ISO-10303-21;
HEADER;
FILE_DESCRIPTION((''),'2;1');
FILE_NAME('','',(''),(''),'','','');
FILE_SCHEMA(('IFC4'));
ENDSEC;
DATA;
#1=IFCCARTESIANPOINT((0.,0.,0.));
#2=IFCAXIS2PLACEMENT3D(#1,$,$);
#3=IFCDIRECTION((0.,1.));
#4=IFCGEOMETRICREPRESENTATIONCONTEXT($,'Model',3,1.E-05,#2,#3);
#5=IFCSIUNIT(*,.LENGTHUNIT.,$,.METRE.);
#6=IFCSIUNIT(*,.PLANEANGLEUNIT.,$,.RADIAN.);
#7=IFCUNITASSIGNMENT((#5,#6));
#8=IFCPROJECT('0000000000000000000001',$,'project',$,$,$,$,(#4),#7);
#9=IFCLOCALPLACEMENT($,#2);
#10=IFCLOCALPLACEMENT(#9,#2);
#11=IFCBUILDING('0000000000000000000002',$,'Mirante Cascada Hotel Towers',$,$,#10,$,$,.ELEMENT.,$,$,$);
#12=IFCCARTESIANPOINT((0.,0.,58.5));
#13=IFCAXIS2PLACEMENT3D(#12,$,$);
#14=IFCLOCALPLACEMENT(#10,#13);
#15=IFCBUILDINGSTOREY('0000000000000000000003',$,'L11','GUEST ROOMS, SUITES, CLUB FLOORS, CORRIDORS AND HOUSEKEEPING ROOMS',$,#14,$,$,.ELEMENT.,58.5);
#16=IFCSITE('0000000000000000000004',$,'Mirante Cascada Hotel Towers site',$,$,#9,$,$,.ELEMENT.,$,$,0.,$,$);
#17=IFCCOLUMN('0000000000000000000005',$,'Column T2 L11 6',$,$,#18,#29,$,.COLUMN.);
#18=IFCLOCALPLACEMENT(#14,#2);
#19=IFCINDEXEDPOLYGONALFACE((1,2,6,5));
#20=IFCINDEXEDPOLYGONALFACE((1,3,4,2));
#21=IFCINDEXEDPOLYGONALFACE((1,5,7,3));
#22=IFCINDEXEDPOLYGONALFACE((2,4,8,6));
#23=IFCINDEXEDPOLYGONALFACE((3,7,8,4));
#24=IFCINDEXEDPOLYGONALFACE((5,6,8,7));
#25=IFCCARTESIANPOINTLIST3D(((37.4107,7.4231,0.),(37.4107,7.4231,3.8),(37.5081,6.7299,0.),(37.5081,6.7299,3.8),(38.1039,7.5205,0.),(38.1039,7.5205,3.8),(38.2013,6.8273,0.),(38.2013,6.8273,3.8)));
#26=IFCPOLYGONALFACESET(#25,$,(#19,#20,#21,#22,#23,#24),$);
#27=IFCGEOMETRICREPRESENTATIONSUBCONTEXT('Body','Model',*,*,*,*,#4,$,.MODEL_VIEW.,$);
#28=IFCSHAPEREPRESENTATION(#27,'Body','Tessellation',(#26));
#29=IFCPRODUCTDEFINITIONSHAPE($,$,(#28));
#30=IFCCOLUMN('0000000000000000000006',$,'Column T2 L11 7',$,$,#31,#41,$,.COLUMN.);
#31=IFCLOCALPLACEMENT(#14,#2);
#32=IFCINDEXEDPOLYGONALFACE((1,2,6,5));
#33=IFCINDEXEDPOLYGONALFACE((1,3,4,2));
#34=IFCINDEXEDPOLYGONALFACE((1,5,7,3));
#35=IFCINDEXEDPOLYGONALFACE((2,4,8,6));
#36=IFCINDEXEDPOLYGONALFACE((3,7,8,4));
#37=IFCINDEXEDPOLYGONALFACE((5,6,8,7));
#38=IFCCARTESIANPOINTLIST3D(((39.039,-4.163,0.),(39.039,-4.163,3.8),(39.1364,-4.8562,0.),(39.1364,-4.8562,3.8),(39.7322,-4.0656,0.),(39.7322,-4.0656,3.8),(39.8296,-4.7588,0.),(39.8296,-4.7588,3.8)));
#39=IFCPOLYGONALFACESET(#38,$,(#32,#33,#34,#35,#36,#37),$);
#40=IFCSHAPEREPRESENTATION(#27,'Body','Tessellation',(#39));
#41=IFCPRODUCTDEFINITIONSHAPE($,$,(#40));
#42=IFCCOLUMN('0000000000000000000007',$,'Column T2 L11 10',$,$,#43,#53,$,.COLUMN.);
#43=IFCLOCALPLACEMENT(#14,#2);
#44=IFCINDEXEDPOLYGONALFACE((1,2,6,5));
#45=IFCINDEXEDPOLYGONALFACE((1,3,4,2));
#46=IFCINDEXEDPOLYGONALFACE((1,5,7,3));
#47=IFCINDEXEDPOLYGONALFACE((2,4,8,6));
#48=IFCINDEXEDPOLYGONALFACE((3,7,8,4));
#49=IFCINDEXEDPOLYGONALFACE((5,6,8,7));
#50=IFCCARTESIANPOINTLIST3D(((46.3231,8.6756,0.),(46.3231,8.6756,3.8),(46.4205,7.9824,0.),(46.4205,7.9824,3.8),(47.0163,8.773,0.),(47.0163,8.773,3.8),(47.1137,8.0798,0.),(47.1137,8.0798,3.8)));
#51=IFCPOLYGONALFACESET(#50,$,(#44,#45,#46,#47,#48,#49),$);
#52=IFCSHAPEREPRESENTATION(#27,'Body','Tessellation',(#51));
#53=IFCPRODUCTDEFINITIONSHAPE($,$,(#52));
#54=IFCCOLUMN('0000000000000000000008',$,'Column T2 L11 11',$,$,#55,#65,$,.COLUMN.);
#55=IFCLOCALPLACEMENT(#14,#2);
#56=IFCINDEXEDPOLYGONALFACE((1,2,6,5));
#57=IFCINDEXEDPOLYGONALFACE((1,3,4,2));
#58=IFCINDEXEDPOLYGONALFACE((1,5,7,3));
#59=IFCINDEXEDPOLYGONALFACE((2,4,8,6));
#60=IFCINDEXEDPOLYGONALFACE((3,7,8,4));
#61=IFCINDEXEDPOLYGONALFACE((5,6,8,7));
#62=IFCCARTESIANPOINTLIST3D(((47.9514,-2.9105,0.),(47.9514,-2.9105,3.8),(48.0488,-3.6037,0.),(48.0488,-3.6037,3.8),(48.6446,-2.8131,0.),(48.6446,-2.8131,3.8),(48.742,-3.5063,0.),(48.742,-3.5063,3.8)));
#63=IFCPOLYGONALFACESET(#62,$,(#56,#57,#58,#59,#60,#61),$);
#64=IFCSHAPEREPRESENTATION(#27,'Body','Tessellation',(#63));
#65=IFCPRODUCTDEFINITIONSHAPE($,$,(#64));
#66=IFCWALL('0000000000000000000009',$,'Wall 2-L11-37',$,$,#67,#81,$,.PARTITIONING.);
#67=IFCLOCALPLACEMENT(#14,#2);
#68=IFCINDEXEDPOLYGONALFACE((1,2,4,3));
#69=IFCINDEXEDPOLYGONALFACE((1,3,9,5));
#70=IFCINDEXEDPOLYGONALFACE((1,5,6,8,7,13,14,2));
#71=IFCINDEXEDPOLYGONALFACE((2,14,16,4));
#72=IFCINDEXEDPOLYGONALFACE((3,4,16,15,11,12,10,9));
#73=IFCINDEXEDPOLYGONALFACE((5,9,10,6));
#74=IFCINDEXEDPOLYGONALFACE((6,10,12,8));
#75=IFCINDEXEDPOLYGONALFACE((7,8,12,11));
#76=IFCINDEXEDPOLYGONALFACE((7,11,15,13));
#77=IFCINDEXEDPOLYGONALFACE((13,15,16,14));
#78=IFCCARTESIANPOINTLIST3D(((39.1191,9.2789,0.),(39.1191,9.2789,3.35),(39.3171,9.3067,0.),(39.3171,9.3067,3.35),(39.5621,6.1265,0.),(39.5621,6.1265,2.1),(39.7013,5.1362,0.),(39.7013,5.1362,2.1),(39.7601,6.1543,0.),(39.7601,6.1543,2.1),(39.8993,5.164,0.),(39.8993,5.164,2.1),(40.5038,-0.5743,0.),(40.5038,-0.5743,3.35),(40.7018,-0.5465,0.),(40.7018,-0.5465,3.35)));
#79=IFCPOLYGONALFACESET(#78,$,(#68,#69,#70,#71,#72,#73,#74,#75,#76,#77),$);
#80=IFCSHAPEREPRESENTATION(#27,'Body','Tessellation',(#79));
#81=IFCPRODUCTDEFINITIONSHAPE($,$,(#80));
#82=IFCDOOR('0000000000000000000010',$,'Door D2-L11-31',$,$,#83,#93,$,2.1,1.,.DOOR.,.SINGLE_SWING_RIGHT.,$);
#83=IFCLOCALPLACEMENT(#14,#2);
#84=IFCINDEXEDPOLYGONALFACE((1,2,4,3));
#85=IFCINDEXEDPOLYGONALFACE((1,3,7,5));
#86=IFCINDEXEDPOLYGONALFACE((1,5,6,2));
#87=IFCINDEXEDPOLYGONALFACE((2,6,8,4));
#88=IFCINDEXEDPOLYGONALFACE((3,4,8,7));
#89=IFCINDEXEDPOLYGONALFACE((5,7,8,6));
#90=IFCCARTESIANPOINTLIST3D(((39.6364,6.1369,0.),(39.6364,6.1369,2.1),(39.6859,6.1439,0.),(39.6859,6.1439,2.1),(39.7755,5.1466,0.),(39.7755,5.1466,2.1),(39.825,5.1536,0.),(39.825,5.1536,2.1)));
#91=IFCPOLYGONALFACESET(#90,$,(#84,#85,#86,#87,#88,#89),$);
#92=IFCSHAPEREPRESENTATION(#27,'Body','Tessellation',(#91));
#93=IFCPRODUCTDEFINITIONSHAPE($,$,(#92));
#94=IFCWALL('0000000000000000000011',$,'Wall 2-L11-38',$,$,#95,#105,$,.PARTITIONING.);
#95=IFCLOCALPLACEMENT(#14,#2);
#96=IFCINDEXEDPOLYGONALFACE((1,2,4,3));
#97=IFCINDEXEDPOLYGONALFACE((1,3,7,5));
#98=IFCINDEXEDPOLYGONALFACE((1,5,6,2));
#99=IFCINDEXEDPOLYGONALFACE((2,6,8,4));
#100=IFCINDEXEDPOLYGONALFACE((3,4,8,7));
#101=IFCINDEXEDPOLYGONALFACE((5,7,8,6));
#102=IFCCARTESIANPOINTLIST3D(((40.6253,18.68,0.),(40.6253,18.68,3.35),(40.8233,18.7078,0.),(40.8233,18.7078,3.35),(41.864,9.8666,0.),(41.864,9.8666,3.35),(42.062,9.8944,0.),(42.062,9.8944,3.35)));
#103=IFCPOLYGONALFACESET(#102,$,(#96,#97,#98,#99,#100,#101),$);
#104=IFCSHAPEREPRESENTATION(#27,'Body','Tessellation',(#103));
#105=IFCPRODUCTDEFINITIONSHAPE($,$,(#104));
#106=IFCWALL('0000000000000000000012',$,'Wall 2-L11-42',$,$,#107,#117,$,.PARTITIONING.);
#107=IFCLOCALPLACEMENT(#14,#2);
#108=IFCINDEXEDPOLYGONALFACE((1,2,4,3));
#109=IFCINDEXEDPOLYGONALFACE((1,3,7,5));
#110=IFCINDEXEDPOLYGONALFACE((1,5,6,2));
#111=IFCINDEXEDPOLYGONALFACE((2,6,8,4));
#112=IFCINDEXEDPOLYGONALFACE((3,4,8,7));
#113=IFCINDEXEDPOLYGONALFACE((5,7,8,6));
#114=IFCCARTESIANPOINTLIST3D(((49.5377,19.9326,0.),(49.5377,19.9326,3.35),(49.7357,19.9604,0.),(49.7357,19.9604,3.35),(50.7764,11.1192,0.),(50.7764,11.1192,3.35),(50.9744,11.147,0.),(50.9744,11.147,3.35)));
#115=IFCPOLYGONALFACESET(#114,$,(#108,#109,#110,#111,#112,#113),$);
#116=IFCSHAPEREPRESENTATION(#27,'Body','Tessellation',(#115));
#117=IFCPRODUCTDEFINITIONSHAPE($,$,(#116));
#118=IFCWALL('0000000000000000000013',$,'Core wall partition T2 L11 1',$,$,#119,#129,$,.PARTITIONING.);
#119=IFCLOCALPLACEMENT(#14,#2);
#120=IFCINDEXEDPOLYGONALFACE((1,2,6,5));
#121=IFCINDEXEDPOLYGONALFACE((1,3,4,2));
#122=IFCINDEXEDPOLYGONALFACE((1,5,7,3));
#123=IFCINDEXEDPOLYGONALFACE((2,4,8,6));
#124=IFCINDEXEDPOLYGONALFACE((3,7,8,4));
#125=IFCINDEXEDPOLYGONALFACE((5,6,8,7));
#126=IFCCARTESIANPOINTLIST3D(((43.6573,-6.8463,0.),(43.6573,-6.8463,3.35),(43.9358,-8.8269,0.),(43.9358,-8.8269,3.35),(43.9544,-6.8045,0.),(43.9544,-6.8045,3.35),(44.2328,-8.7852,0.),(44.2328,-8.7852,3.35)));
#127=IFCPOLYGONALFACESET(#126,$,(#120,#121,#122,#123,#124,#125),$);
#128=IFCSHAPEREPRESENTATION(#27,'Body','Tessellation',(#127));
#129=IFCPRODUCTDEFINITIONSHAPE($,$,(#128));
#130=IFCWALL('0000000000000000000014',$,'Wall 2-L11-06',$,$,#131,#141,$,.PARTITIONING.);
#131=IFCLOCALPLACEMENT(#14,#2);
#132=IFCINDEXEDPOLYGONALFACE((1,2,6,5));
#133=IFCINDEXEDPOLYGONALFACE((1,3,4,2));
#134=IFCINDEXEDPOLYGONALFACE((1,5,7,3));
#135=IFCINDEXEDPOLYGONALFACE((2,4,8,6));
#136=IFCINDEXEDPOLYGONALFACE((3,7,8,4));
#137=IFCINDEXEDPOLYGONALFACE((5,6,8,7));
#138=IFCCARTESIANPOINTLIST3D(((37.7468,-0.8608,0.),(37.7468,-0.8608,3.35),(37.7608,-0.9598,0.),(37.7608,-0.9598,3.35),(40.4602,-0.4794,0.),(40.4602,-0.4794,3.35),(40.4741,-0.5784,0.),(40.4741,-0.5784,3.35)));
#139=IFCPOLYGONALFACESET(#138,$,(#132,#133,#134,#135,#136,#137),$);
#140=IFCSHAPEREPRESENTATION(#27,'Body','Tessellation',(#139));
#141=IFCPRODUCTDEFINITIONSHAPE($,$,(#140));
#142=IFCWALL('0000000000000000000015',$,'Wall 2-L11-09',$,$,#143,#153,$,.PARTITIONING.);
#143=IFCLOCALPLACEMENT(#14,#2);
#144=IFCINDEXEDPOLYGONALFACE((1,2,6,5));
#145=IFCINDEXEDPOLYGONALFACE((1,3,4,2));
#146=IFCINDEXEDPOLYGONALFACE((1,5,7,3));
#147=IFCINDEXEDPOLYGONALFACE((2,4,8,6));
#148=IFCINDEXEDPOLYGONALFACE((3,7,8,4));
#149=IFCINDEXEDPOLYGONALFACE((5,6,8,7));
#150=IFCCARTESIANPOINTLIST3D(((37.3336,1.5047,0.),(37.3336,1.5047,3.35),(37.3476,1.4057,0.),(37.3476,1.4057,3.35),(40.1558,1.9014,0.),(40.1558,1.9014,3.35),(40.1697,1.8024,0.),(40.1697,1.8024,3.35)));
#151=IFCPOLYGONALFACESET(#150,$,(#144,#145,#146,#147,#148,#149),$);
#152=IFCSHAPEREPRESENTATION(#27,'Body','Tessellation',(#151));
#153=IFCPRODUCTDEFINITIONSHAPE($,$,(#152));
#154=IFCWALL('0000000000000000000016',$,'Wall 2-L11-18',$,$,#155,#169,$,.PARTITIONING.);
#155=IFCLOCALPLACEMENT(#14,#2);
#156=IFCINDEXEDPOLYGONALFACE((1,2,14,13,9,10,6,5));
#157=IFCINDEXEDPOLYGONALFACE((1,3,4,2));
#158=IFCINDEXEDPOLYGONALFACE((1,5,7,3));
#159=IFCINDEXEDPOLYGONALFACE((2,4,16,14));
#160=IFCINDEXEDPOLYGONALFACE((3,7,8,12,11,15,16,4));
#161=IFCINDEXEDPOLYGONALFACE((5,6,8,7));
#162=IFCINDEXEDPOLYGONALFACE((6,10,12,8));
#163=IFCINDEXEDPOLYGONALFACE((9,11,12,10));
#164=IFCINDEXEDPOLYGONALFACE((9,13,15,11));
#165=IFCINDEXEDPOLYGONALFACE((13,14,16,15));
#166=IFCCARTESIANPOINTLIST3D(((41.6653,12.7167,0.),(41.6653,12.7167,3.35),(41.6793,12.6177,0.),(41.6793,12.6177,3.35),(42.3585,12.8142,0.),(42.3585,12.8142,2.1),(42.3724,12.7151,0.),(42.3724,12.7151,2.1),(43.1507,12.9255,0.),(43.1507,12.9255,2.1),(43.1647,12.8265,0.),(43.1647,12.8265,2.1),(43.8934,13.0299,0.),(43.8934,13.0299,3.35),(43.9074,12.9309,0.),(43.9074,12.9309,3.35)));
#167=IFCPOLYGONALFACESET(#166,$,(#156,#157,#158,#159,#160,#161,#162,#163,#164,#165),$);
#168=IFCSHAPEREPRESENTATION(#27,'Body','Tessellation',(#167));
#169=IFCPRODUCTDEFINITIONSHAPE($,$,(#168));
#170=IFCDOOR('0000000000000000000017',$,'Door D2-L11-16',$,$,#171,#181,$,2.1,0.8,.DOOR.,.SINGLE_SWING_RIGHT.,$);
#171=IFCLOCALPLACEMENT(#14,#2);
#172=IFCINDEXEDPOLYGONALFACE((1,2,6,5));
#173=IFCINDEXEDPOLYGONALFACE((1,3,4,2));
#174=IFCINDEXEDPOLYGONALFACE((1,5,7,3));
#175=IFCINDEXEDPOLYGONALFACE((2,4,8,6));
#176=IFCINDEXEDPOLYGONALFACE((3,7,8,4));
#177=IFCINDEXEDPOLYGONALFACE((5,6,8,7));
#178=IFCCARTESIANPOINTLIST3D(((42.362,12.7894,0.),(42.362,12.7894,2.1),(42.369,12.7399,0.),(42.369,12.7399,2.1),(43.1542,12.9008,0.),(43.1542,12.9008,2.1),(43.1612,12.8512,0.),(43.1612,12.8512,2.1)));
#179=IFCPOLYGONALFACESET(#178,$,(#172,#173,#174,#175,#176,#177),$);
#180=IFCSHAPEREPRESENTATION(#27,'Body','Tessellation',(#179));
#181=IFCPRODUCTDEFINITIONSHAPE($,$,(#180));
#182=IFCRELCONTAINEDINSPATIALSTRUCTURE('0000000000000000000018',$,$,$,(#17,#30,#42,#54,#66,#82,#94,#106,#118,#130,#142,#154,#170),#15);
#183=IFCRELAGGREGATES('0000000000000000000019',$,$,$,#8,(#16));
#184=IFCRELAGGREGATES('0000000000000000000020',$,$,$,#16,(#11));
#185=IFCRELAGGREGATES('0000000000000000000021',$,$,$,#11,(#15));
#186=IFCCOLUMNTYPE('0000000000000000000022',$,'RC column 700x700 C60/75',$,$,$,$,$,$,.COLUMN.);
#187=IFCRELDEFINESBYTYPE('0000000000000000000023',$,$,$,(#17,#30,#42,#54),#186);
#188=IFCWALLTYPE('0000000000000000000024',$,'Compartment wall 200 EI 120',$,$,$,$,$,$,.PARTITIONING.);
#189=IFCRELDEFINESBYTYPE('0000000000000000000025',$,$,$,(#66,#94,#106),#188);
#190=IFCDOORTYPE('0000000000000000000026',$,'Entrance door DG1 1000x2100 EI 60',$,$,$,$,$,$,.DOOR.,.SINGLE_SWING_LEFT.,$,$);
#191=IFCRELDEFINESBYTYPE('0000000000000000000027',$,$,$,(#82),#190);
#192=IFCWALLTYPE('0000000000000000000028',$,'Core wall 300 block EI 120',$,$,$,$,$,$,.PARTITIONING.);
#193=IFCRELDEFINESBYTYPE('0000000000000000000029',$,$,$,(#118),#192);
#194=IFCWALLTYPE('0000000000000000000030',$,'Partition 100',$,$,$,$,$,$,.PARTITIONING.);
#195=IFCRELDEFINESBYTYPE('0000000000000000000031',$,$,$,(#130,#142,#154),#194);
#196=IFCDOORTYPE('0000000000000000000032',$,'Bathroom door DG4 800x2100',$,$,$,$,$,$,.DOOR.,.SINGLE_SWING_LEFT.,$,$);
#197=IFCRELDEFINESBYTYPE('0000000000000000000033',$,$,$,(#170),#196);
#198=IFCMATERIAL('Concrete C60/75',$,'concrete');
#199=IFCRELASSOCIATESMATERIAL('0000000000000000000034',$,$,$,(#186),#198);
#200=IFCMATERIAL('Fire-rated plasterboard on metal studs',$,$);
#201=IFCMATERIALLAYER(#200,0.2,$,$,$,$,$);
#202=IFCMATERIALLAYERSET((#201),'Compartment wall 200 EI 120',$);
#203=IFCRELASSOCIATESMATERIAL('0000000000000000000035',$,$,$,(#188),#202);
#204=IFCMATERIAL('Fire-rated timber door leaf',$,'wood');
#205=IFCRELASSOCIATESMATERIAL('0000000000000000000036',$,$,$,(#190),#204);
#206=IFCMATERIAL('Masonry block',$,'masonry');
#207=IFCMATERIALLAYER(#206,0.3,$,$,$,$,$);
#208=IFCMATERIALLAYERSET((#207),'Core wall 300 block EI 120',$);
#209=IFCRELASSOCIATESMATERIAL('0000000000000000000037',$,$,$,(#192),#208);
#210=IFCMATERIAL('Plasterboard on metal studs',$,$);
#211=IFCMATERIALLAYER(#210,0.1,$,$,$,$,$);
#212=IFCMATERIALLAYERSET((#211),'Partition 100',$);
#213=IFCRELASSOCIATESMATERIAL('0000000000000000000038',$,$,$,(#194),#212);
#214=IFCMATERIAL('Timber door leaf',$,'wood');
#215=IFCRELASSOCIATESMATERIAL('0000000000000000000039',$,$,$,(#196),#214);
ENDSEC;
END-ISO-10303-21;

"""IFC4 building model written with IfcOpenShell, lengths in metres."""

from ifc_helpers import new_model, si_unit, direction, frame, frame_2d, origin, origin_2d, place, context, subcontext, project, spatial, rectangle, extrude, material, layer, layer_set, material_profile, profile_set, type_object, element, fill, save


model = new_model("IFC4")

# Units and contexts
model_context = context("Model", 3, precision=1e-05, world=origin(), true_north=direction((0.0, 1.0)))
body_context = subcontext(model_context, "Body", "Model", "MODEL_VIEW")
ifc_project = project(units=[si_unit("LENGTHUNIT", "METRE"), si_unit("PLANEANGLEUNIT", "RADIAN")], contexts=[model_context])

# Site, building, storey
site_placement = place(None, origin())
site = spatial("IfcSite", under=ifc_project, at=site_placement, Name="Mirante Cascada Hotel Towers site", CompositionType="ELEMENT", RefElevation=0.0)
building_placement = place(site_placement, origin())
building = spatial("IfcBuilding", under=site, at=building_placement, Name="Mirante Cascada Hotel Towers", CompositionType="ELEMENT")
storey_placement = place(building_placement, frame((0.0, 0.0, 58.5)))
storey = spatial("IfcBuildingStorey", under=building, at=storey_placement, Name="L11", Description="GUEST ROOMS, SUITES, CLUB FLOORS, CORRIDORS AND HOUSEKEEPING ROOMS", CompositionType="ELEMENT", Elevation=58.5)

# Columns
ifc_material_1 = material(Name="Concrete C60/75", Category="concrete")
ifc_material_profile = material_profile(ifc_material_1, rectangle(XDim=0.7, YDim=0.7, at=origin_2d()), Name="RC column 700x700 C60/75")
ifc_profile_set = profile_set([ifc_material_profile], Name="Concrete C60/75")
column_type = type_object("IfcColumnType", Name="RC column 700x700 C60/75", PredefinedType="COLUMN", material=ifc_profile_set)
for number, where, z_axis, x_axis, name in (
    (1, (37.806, 7.1252, 0.0), (0.0, 0.0, 1.0), (0.990268, 0.139173, 0.0), "Column T2 L11 6"),
    (2, (39.4343, -4.4609, 0.0), (0.0, 0.0, 1.0), (0.990268, 0.139173, 0.0), "Column T2 L11 7"),
    (3, (46.7184, 8.3777, 0.0), (0.0, 0.0, 1.0), (0.990268, 0.139173, 0.0), "Column T2 L11 10"),
    (4, (48.3467, -3.2084, 0.0), (0.0, 0.0, 1.0), (0.990268, 0.139173, 0.0), "Column T2 L11 11"),
):
    element("IfcColumn", number, at=place(storey_placement, frame(where, z_axis=z_axis, x_axis=x_axis)), inside=storey, type_object=column_type, Name=name, PredefinedType="COLUMN", context=body_context, shape_type="SweptSolid", body=[
        extrude(rectangle(XDim=0.7, YDim=0.7, at=origin_2d()), origin(), (0.0, 0.0, 1.0), 3.8),
    ])

# Wall, opening, door
ifc_material_2 = material(Name="Fire-rated plasterboard on metal studs")
ifc_layer_1 = layer(ifc_material_2, 0.2)
ifc_layer_set_1 = layer_set([ifc_layer_1], Name="Compartment wall 200 EI 120")
wall_type_1 = type_object("IfcWallType", Name="Compartment wall 200 EI 120", PredefinedType="PARTITIONING", material=ifc_layer_set_1)
wall_1_placement = place(storey_placement, frame((39.2181, 9.2928, 0.0), z_axis=(0.0, 0.0, 1.0), x_axis=(0.139165, -0.990269, 0.0)))
wall_1 = element("IfcWall", 5, at=wall_1_placement, inside=storey, type_object=wall_type_1, Name="Wall 2-L11-37", PredefinedType="PARTITIONING", context=body_context, shape_type="SweptSolid", body=[
    extrude(rectangle(XDim=9.95, YDim=0.2, at=frame_2d((4.975, 0.0))), origin(), (0.0, 0.0, 1.0), 3.35),
])
opening_1_placement = place(wall_1_placement, frame((3.1834, 0.0, 0.0)))
opening_1 = element("IfcOpeningElement", 6, at=opening_1_placement, cuts=wall_1, PredefinedType="OPENING", context=body_context, shape_type="SweptSolid", body=[
    extrude(rectangle(XDim=1.0, YDim=2.1, at=frame_2d((0.5, 1.05))), frame((0.0, 0.1, 0.0), z_axis=(0.0, -1.0, 0.0), x_axis=(1.0, 0.0, 0.0)), (0.0, 0.0, 1.0), 0.2),
])
ifc_material_3 = material(Name="Fire-rated timber door leaf", Category="wood")
door_type_1 = type_object("IfcDoorType", Name="Entrance door DG1 1000x2100 EI 60", OperationType="SINGLE_SWING_LEFT", PredefinedType="DOOR", material=ifc_material_3)
door_1_placement = place(opening_1_placement, frame((1.0, 0.0, 0.0), z_axis=(0.0, 0.0, 1.0), x_axis=(-1.0, 0.0, 0.0)))
door_1 = element("IfcDoor", 7, at=door_1_placement, inside=storey, type_object=door_type_1, Name="Door D2-L11-31", OperationType="SINGLE_SWING_RIGHT", OverallHeight=2.1, OverallWidth=1.0, PredefinedType="DOOR", context=body_context, shape_type="SweptSolid", body=[
    extrude(rectangle(XDim=1.0, YDim=2.1, at=frame_2d((0.5, 1.05))), frame((0.0, 0.025, 0.0), z_axis=(0.0, -1.0, 0.0), x_axis=(1.0, 0.0, 0.0)), (0.0, 0.0, 1.0), 0.05),
])
fill(opening_1, door_1)

# Walls
for number, where, z_axis, x_axis, name in (
    (8, (41.963, 9.8805, 0.0), (0.0, 0.0, 1.0), (-0.139179, 0.990267, 0.0), "Wall 2-L11-38"),
    (9, (50.8754, 11.1331, 0.0), (0.0, 0.0, 1.0), (-0.139179, 0.990267, 0.0), "Wall 2-L11-42"),
):
    element("IfcWall", number, at=place(storey_placement, frame(where, z_axis=z_axis, x_axis=x_axis)), inside=storey, type_object=wall_type_1, Name=name, PredefinedType="PARTITIONING", context=body_context, shape_type="SweptSolid", body=[
        extrude(rectangle(XDim=8.9, YDim=0.2, at=frame_2d((4.45, 0.0))), origin(), (0.0, 0.0, 1.0), 3.35),
    ])
ifc_material_4 = material(Name="Masonry block", Category="masonry")
ifc_layer_2 = layer(ifc_material_4, 0.3)
ifc_layer_set_2 = layer_set([ifc_layer_2], Name="Core wall 300 block EI 120")
wall_type_2 = type_object("IfcWallType", Name="Core wall 300 block EI 120", PredefinedType="PARTITIONING", material=ifc_layer_set_2)
wall_2_placement = place(storey_placement, frame((44.0843, -8.8061, 0.0), z_axis=(0.0, 0.0, 1.0), x_axis=(-0.139195, 0.990265, 0.0)))
element("IfcWall", 10, at=wall_2_placement, inside=storey, type_object=wall_type_2, Name="Core wall partition T2 L11 1", PredefinedType="PARTITIONING", context=body_context, shape_type="SweptSolid", body=[
    extrude(rectangle(XDim=2.0001, YDim=0.3, at=frame_2d((1.0001, 0.0))), origin(), (0.0, 0.0, 1.0), 3.35),
])
ifc_material_5 = material(Name="Plasterboard on metal studs")
ifc_layer_3 = layer(ifc_material_5, 0.1)
ifc_layer_set_3 = layer_set([ifc_layer_3], Name="Partition 100")
wall_type_3 = type_object("IfcWallType", Name="Partition 100", PredefinedType="PARTITIONING", material=ifc_layer_set_3)
wall_3_placement = place(storey_placement, frame((37.7538, -0.9103, 0.0), z_axis=(0.0, 0.0, 1.0), x_axis=(0.990264, 0.139198, 0.0)))
element("IfcWall", 11, at=wall_3_placement, inside=storey, type_object=wall_type_3, Name="Wall 2-L11-06", PredefinedType="PARTITIONING", context=body_context, shape_type="SweptSolid", body=[
    extrude(rectangle(XDim=2.74, YDim=0.1, at=frame_2d((1.37, 0.0))), origin(), (0.0, 0.0, 1.0), 3.35),
])
wall_4_placement = place(storey_placement, frame((40.1628, 1.8519, 0.0), z_axis=(0.0, 0.0, 1.0), x_axis=(-0.990265, -0.139196, 0.0)))
element("IfcWall", 12, at=wall_4_placement, inside=storey, type_object=wall_type_3, Name="Wall 2-L11-09", PredefinedType="PARTITIONING", context=body_context, shape_type="SweptSolid", body=[
    extrude(rectangle(XDim=2.8499, YDim=0.1, at=frame_2d((1.425, 0.0))), origin(), (0.0, 0.0, 1.0), 3.35),
])

# Wall, opening, door
wall_5_placement = place(storey_placement, frame((41.6723, 12.6672, 0.0), z_axis=(0.0, 0.0, 1.0), x_axis=(0.990264, 0.1392, 0.0)))
wall_5 = element("IfcWall", 13, at=wall_5_placement, inside=storey, type_object=wall_type_3, Name="Wall 2-L11-18", PredefinedType="PARTITIONING", context=body_context, shape_type="SweptSolid", body=[
    extrude(rectangle(XDim=2.25, YDim=0.1, at=frame_2d((1.125, 0.0))), origin(), (0.0, 0.0, 1.0), 3.35),
])
opening_2_placement = place(wall_5_placement, frame((0.7, 0.0, 0.0)))
opening_2 = element("IfcOpeningElement", 14, at=opening_2_placement, cuts=wall_5, PredefinedType="OPENING", context=body_context, shape_type="SweptSolid", body=[
    extrude(rectangle(XDim=0.8, YDim=2.1, at=frame_2d((0.4, 1.05))), frame((0.0, 0.05, 0.0), z_axis=(0.0, -1.0, 0.0), x_axis=(1.0, 0.0, 0.0)), (0.0, 0.0, 1.0), 0.1),
])
ifc_material_6 = material(Name="Timber door leaf", Category="wood")
door_type_2 = type_object("IfcDoorType", Name="Bathroom door DG4 800x2100", OperationType="SINGLE_SWING_LEFT", PredefinedType="DOOR", material=ifc_material_6)
door_2_placement = place(opening_2_placement, frame((0.8, 0.0, 0.0), z_axis=(0.0, 0.0, 1.0), x_axis=(-1.0, 0.0, 0.0)))
door_2 = element("IfcDoor", 15, at=door_2_placement, inside=storey, type_object=door_type_2, Name="Door D2-L11-16", OperationType="SINGLE_SWING_RIGHT", OverallHeight=2.1, OverallWidth=0.8, PredefinedType="DOOR", context=body_context, shape_type="SweptSolid", body=[
    extrude(rectangle(XDim=0.8, YDim=2.1, at=frame_2d((0.4, 1.05))), frame((0.0, 0.025, 0.0), z_axis=(0.0, -1.0, 0.0), x_axis=(1.0, 0.0, 0.0)), (0.0, 0.0, 1.0), 0.05),
])
fill(opening_2, door_2)

save(model, "model.ifc")
